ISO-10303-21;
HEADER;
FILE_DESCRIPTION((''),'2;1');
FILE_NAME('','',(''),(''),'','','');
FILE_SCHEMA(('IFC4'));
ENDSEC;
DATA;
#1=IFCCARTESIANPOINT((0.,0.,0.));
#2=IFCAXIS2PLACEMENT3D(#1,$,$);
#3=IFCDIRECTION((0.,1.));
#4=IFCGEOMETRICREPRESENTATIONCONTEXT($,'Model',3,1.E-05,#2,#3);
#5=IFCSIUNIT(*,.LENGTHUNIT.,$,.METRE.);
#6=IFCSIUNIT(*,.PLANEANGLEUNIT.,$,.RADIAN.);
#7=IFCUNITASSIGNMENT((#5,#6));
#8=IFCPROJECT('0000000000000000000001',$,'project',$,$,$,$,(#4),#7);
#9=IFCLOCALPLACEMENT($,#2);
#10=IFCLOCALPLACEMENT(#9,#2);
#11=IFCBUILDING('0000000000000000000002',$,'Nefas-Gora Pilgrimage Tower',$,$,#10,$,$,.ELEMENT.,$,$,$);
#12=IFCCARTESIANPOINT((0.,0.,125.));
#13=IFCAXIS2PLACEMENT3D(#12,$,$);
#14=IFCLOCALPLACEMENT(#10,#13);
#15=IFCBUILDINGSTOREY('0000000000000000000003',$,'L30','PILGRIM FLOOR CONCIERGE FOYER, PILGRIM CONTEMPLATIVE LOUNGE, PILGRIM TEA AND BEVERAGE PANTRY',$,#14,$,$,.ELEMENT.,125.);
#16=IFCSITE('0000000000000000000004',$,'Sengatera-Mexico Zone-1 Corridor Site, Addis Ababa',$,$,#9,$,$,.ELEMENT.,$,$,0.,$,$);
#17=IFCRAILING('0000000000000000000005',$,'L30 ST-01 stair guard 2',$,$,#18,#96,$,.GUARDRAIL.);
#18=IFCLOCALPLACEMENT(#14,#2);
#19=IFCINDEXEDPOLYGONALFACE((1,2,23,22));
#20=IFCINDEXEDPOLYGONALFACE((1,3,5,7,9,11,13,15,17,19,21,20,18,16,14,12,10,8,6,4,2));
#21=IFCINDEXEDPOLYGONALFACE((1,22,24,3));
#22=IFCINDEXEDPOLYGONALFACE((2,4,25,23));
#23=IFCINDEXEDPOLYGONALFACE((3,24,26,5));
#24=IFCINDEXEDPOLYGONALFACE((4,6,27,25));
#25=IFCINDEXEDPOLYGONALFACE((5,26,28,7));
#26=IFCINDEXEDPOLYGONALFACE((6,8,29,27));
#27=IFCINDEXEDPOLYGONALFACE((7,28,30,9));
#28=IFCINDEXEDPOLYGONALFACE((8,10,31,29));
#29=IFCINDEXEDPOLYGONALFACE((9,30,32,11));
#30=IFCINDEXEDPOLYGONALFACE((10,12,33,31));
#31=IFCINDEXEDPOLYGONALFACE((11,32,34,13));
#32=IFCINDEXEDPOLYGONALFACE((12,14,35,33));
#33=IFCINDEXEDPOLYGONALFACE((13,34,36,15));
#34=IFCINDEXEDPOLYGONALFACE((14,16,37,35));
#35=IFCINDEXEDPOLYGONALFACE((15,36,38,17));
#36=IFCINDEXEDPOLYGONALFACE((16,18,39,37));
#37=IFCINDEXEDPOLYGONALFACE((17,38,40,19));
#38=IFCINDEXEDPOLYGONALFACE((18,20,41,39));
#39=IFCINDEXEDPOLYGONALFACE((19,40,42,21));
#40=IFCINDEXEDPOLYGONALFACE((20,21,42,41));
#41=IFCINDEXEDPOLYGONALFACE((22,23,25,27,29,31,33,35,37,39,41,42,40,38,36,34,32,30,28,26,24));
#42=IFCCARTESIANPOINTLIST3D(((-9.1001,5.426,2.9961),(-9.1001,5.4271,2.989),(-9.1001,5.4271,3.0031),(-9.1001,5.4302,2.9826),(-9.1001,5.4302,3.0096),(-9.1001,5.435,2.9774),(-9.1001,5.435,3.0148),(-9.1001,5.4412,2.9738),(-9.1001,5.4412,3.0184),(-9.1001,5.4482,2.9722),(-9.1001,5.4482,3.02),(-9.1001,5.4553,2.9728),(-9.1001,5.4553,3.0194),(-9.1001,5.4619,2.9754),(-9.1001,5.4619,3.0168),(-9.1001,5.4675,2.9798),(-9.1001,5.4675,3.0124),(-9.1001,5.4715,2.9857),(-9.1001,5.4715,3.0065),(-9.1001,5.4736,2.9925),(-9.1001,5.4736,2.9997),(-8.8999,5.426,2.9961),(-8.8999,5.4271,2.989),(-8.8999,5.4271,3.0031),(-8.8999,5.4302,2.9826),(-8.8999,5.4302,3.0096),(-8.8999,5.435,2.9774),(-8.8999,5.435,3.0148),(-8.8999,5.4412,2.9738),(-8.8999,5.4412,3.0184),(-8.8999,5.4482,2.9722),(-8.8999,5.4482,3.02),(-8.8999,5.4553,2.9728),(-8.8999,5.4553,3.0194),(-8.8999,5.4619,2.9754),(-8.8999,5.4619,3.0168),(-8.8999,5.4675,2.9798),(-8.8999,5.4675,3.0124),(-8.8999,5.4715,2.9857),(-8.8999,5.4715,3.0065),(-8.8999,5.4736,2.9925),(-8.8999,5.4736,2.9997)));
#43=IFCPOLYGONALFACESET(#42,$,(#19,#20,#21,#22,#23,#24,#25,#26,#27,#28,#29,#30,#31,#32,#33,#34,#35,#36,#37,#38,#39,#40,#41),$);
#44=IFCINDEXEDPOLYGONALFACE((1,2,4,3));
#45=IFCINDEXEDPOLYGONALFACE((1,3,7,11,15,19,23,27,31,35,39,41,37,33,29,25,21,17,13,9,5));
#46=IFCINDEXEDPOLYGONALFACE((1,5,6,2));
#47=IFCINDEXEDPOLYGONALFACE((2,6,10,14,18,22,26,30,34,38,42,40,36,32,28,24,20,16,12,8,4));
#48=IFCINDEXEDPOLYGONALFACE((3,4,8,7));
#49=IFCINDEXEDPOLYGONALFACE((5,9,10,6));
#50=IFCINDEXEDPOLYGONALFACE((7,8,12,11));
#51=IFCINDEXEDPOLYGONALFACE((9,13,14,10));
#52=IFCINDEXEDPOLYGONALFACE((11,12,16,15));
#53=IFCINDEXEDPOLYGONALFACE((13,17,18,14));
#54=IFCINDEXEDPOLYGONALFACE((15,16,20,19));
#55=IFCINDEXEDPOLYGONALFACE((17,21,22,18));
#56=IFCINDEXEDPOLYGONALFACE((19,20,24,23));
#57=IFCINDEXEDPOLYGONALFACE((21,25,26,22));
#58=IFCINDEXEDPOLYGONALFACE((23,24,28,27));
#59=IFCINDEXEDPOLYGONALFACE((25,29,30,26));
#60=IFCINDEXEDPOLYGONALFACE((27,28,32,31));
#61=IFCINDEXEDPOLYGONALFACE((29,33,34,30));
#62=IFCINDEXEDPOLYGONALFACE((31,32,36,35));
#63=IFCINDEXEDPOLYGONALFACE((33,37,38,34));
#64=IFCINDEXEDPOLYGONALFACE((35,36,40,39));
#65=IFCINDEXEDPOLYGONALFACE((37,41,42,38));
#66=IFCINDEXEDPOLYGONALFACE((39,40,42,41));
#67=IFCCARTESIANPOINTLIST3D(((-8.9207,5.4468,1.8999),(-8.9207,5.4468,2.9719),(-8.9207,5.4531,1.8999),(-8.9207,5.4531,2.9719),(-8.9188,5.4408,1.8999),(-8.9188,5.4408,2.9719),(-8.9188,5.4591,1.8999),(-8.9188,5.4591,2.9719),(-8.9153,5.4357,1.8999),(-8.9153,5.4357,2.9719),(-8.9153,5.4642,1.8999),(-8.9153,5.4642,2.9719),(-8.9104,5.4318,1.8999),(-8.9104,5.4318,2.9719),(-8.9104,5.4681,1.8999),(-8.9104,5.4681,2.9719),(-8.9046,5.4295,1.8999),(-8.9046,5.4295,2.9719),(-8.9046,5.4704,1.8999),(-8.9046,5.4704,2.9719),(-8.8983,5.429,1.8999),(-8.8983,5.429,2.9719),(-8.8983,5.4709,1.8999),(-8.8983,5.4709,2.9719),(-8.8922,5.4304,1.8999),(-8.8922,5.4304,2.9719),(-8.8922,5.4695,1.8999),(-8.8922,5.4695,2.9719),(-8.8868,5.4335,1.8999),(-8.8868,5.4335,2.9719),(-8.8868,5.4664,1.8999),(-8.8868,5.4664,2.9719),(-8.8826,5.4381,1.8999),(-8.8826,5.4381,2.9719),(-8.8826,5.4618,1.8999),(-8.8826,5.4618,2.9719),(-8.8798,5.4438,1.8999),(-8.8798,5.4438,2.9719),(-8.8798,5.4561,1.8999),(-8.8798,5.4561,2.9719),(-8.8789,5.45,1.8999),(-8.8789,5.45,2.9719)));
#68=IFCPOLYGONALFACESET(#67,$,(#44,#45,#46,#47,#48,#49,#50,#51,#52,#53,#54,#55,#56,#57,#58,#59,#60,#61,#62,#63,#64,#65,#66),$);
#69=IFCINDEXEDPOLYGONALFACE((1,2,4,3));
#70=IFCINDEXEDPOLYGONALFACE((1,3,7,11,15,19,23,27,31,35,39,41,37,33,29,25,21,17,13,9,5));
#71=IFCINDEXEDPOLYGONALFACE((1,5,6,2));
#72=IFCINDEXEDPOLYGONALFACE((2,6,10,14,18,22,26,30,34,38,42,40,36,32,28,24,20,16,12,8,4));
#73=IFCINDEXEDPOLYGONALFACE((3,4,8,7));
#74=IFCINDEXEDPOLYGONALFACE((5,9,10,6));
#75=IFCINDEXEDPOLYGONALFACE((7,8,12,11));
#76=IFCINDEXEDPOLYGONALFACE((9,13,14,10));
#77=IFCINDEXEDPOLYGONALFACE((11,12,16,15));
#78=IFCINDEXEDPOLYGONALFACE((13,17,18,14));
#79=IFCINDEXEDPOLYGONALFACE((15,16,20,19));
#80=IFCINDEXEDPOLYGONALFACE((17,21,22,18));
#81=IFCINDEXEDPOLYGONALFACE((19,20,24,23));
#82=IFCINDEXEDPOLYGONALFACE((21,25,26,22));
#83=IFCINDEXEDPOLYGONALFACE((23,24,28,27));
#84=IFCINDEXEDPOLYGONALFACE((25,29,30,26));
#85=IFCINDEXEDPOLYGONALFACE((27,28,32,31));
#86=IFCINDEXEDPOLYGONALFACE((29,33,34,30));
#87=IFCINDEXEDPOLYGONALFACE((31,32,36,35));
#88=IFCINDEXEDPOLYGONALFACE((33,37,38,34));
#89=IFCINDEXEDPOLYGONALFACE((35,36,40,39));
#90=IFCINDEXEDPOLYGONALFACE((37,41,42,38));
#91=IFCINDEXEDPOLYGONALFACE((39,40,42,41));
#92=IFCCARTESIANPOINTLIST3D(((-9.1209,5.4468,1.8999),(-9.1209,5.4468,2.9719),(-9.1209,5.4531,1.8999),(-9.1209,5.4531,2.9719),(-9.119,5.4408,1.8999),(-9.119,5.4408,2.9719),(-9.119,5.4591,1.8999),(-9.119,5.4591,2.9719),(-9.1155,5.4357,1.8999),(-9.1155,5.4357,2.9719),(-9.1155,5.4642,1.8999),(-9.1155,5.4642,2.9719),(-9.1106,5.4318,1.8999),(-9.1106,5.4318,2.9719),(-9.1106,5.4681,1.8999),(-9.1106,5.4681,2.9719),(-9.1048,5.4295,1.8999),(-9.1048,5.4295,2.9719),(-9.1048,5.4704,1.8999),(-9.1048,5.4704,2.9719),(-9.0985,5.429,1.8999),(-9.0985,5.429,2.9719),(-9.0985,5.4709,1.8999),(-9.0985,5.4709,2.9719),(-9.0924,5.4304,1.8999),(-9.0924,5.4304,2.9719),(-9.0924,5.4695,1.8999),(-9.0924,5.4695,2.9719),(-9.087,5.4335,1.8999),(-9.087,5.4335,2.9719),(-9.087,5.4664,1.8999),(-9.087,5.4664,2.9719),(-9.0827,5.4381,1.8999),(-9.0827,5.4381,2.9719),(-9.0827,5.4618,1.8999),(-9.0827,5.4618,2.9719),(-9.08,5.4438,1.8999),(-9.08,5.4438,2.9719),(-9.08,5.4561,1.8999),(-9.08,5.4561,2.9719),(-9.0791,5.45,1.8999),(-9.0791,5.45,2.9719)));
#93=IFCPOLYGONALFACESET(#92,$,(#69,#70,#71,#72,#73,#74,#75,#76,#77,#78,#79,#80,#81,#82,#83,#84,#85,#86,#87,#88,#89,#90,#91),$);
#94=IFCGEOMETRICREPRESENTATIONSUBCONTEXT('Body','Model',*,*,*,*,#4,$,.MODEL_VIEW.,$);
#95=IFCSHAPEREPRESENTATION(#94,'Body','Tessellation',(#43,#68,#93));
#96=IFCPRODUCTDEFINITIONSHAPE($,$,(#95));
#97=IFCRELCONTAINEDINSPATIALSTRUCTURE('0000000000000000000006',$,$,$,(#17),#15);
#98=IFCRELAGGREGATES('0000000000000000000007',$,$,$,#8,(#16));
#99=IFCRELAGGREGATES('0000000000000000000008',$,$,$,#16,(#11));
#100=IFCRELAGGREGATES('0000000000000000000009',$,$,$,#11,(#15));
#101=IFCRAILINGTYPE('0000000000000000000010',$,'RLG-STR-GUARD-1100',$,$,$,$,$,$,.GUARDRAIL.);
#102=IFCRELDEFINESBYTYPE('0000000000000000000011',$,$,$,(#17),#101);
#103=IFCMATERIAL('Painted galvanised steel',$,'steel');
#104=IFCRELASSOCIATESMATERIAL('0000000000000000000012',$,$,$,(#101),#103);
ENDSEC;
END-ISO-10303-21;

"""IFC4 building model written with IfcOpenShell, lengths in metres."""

from ifc_helpers import new_model, si_unit, direction, frame, origin, origin_2d, place, context, subcontext, project, spatial, circle, extrude, material, type_object, element, save


model = new_model("IFC4")

# Units and contexts
model_context = context("Model", 3, precision=1e-05, world=origin(), true_north=direction((0.0, 1.0)))
body_context = subcontext(model_context, "Body", "Model", "MODEL_VIEW")
ifc_project = project(units=[si_unit("LENGTHUNIT", "METRE"), si_unit("PLANEANGLEUNIT", "RADIAN")], contexts=[model_context])

# Site, building, storey
site_placement = place(None, origin())
site = spatial("IfcSite", under=ifc_project, at=site_placement, Name="Sengatera-Mexico Zone-1 Corridor Site, Addis Ababa", CompositionType="ELEMENT", RefElevation=0.0)
building_placement = place(site_placement, origin())
building = spatial("IfcBuilding", under=site, at=building_placement, Name="Nefas-Gora Pilgrimage Tower", CompositionType="ELEMENT")
storey_placement = place(building_placement, frame((0.0, 0.0, 125.0)))
storey = spatial("IfcBuildingStorey", under=building, at=storey_placement, Name="L30", Description="PILGRIM FLOOR CONCIERGE FOYER, PILGRIM CONTEMPLATIVE LOUNGE, PILGRIM TEA AND BEVERAGE PANTRY", CompositionType="ELEMENT", Elevation=125.0)

# Railing
ifc_material_1 = material(Name="Painted galvanised steel", Category="steel")
railing_type_1 = type_object("IfcRailingType", Name="RLG-STR-GUARD-1100", PredefinedType="GUARDRAIL", material=ifc_material_1)
railing_1_placement = place(storey_placement, frame((-8.8999, 5.45, 1.8999)))
element("IfcRailing", 1, at=railing_1_placement, inside=storey, type_object=railing_type_1, Name="L30 ST-01 stair guard 2", PredefinedType="GUARDRAIL", context=body_context, shape_type="SweptSolid", body=[
    extrude(circle(Radius=0.0239, at=origin_2d()), frame((0.0, 0.0, 1.0962), z_axis=(-1.0, 0.0, 0.0), x_axis=(0.0, -1.0, 0.0)), (0.0, 0.0, 1.0), 0.2002),
    extrude(circle(Radius=0.021, at=origin_2d()), origin(), (0.0, 0.0, 1.0), 1.072),
    extrude(circle(Radius=0.021, at=origin_2d()), frame((-0.2002, 0.0, 0.0)), (0.0, 0.0, 1.0), 1.072),
])

save(model, "model.ifc")
